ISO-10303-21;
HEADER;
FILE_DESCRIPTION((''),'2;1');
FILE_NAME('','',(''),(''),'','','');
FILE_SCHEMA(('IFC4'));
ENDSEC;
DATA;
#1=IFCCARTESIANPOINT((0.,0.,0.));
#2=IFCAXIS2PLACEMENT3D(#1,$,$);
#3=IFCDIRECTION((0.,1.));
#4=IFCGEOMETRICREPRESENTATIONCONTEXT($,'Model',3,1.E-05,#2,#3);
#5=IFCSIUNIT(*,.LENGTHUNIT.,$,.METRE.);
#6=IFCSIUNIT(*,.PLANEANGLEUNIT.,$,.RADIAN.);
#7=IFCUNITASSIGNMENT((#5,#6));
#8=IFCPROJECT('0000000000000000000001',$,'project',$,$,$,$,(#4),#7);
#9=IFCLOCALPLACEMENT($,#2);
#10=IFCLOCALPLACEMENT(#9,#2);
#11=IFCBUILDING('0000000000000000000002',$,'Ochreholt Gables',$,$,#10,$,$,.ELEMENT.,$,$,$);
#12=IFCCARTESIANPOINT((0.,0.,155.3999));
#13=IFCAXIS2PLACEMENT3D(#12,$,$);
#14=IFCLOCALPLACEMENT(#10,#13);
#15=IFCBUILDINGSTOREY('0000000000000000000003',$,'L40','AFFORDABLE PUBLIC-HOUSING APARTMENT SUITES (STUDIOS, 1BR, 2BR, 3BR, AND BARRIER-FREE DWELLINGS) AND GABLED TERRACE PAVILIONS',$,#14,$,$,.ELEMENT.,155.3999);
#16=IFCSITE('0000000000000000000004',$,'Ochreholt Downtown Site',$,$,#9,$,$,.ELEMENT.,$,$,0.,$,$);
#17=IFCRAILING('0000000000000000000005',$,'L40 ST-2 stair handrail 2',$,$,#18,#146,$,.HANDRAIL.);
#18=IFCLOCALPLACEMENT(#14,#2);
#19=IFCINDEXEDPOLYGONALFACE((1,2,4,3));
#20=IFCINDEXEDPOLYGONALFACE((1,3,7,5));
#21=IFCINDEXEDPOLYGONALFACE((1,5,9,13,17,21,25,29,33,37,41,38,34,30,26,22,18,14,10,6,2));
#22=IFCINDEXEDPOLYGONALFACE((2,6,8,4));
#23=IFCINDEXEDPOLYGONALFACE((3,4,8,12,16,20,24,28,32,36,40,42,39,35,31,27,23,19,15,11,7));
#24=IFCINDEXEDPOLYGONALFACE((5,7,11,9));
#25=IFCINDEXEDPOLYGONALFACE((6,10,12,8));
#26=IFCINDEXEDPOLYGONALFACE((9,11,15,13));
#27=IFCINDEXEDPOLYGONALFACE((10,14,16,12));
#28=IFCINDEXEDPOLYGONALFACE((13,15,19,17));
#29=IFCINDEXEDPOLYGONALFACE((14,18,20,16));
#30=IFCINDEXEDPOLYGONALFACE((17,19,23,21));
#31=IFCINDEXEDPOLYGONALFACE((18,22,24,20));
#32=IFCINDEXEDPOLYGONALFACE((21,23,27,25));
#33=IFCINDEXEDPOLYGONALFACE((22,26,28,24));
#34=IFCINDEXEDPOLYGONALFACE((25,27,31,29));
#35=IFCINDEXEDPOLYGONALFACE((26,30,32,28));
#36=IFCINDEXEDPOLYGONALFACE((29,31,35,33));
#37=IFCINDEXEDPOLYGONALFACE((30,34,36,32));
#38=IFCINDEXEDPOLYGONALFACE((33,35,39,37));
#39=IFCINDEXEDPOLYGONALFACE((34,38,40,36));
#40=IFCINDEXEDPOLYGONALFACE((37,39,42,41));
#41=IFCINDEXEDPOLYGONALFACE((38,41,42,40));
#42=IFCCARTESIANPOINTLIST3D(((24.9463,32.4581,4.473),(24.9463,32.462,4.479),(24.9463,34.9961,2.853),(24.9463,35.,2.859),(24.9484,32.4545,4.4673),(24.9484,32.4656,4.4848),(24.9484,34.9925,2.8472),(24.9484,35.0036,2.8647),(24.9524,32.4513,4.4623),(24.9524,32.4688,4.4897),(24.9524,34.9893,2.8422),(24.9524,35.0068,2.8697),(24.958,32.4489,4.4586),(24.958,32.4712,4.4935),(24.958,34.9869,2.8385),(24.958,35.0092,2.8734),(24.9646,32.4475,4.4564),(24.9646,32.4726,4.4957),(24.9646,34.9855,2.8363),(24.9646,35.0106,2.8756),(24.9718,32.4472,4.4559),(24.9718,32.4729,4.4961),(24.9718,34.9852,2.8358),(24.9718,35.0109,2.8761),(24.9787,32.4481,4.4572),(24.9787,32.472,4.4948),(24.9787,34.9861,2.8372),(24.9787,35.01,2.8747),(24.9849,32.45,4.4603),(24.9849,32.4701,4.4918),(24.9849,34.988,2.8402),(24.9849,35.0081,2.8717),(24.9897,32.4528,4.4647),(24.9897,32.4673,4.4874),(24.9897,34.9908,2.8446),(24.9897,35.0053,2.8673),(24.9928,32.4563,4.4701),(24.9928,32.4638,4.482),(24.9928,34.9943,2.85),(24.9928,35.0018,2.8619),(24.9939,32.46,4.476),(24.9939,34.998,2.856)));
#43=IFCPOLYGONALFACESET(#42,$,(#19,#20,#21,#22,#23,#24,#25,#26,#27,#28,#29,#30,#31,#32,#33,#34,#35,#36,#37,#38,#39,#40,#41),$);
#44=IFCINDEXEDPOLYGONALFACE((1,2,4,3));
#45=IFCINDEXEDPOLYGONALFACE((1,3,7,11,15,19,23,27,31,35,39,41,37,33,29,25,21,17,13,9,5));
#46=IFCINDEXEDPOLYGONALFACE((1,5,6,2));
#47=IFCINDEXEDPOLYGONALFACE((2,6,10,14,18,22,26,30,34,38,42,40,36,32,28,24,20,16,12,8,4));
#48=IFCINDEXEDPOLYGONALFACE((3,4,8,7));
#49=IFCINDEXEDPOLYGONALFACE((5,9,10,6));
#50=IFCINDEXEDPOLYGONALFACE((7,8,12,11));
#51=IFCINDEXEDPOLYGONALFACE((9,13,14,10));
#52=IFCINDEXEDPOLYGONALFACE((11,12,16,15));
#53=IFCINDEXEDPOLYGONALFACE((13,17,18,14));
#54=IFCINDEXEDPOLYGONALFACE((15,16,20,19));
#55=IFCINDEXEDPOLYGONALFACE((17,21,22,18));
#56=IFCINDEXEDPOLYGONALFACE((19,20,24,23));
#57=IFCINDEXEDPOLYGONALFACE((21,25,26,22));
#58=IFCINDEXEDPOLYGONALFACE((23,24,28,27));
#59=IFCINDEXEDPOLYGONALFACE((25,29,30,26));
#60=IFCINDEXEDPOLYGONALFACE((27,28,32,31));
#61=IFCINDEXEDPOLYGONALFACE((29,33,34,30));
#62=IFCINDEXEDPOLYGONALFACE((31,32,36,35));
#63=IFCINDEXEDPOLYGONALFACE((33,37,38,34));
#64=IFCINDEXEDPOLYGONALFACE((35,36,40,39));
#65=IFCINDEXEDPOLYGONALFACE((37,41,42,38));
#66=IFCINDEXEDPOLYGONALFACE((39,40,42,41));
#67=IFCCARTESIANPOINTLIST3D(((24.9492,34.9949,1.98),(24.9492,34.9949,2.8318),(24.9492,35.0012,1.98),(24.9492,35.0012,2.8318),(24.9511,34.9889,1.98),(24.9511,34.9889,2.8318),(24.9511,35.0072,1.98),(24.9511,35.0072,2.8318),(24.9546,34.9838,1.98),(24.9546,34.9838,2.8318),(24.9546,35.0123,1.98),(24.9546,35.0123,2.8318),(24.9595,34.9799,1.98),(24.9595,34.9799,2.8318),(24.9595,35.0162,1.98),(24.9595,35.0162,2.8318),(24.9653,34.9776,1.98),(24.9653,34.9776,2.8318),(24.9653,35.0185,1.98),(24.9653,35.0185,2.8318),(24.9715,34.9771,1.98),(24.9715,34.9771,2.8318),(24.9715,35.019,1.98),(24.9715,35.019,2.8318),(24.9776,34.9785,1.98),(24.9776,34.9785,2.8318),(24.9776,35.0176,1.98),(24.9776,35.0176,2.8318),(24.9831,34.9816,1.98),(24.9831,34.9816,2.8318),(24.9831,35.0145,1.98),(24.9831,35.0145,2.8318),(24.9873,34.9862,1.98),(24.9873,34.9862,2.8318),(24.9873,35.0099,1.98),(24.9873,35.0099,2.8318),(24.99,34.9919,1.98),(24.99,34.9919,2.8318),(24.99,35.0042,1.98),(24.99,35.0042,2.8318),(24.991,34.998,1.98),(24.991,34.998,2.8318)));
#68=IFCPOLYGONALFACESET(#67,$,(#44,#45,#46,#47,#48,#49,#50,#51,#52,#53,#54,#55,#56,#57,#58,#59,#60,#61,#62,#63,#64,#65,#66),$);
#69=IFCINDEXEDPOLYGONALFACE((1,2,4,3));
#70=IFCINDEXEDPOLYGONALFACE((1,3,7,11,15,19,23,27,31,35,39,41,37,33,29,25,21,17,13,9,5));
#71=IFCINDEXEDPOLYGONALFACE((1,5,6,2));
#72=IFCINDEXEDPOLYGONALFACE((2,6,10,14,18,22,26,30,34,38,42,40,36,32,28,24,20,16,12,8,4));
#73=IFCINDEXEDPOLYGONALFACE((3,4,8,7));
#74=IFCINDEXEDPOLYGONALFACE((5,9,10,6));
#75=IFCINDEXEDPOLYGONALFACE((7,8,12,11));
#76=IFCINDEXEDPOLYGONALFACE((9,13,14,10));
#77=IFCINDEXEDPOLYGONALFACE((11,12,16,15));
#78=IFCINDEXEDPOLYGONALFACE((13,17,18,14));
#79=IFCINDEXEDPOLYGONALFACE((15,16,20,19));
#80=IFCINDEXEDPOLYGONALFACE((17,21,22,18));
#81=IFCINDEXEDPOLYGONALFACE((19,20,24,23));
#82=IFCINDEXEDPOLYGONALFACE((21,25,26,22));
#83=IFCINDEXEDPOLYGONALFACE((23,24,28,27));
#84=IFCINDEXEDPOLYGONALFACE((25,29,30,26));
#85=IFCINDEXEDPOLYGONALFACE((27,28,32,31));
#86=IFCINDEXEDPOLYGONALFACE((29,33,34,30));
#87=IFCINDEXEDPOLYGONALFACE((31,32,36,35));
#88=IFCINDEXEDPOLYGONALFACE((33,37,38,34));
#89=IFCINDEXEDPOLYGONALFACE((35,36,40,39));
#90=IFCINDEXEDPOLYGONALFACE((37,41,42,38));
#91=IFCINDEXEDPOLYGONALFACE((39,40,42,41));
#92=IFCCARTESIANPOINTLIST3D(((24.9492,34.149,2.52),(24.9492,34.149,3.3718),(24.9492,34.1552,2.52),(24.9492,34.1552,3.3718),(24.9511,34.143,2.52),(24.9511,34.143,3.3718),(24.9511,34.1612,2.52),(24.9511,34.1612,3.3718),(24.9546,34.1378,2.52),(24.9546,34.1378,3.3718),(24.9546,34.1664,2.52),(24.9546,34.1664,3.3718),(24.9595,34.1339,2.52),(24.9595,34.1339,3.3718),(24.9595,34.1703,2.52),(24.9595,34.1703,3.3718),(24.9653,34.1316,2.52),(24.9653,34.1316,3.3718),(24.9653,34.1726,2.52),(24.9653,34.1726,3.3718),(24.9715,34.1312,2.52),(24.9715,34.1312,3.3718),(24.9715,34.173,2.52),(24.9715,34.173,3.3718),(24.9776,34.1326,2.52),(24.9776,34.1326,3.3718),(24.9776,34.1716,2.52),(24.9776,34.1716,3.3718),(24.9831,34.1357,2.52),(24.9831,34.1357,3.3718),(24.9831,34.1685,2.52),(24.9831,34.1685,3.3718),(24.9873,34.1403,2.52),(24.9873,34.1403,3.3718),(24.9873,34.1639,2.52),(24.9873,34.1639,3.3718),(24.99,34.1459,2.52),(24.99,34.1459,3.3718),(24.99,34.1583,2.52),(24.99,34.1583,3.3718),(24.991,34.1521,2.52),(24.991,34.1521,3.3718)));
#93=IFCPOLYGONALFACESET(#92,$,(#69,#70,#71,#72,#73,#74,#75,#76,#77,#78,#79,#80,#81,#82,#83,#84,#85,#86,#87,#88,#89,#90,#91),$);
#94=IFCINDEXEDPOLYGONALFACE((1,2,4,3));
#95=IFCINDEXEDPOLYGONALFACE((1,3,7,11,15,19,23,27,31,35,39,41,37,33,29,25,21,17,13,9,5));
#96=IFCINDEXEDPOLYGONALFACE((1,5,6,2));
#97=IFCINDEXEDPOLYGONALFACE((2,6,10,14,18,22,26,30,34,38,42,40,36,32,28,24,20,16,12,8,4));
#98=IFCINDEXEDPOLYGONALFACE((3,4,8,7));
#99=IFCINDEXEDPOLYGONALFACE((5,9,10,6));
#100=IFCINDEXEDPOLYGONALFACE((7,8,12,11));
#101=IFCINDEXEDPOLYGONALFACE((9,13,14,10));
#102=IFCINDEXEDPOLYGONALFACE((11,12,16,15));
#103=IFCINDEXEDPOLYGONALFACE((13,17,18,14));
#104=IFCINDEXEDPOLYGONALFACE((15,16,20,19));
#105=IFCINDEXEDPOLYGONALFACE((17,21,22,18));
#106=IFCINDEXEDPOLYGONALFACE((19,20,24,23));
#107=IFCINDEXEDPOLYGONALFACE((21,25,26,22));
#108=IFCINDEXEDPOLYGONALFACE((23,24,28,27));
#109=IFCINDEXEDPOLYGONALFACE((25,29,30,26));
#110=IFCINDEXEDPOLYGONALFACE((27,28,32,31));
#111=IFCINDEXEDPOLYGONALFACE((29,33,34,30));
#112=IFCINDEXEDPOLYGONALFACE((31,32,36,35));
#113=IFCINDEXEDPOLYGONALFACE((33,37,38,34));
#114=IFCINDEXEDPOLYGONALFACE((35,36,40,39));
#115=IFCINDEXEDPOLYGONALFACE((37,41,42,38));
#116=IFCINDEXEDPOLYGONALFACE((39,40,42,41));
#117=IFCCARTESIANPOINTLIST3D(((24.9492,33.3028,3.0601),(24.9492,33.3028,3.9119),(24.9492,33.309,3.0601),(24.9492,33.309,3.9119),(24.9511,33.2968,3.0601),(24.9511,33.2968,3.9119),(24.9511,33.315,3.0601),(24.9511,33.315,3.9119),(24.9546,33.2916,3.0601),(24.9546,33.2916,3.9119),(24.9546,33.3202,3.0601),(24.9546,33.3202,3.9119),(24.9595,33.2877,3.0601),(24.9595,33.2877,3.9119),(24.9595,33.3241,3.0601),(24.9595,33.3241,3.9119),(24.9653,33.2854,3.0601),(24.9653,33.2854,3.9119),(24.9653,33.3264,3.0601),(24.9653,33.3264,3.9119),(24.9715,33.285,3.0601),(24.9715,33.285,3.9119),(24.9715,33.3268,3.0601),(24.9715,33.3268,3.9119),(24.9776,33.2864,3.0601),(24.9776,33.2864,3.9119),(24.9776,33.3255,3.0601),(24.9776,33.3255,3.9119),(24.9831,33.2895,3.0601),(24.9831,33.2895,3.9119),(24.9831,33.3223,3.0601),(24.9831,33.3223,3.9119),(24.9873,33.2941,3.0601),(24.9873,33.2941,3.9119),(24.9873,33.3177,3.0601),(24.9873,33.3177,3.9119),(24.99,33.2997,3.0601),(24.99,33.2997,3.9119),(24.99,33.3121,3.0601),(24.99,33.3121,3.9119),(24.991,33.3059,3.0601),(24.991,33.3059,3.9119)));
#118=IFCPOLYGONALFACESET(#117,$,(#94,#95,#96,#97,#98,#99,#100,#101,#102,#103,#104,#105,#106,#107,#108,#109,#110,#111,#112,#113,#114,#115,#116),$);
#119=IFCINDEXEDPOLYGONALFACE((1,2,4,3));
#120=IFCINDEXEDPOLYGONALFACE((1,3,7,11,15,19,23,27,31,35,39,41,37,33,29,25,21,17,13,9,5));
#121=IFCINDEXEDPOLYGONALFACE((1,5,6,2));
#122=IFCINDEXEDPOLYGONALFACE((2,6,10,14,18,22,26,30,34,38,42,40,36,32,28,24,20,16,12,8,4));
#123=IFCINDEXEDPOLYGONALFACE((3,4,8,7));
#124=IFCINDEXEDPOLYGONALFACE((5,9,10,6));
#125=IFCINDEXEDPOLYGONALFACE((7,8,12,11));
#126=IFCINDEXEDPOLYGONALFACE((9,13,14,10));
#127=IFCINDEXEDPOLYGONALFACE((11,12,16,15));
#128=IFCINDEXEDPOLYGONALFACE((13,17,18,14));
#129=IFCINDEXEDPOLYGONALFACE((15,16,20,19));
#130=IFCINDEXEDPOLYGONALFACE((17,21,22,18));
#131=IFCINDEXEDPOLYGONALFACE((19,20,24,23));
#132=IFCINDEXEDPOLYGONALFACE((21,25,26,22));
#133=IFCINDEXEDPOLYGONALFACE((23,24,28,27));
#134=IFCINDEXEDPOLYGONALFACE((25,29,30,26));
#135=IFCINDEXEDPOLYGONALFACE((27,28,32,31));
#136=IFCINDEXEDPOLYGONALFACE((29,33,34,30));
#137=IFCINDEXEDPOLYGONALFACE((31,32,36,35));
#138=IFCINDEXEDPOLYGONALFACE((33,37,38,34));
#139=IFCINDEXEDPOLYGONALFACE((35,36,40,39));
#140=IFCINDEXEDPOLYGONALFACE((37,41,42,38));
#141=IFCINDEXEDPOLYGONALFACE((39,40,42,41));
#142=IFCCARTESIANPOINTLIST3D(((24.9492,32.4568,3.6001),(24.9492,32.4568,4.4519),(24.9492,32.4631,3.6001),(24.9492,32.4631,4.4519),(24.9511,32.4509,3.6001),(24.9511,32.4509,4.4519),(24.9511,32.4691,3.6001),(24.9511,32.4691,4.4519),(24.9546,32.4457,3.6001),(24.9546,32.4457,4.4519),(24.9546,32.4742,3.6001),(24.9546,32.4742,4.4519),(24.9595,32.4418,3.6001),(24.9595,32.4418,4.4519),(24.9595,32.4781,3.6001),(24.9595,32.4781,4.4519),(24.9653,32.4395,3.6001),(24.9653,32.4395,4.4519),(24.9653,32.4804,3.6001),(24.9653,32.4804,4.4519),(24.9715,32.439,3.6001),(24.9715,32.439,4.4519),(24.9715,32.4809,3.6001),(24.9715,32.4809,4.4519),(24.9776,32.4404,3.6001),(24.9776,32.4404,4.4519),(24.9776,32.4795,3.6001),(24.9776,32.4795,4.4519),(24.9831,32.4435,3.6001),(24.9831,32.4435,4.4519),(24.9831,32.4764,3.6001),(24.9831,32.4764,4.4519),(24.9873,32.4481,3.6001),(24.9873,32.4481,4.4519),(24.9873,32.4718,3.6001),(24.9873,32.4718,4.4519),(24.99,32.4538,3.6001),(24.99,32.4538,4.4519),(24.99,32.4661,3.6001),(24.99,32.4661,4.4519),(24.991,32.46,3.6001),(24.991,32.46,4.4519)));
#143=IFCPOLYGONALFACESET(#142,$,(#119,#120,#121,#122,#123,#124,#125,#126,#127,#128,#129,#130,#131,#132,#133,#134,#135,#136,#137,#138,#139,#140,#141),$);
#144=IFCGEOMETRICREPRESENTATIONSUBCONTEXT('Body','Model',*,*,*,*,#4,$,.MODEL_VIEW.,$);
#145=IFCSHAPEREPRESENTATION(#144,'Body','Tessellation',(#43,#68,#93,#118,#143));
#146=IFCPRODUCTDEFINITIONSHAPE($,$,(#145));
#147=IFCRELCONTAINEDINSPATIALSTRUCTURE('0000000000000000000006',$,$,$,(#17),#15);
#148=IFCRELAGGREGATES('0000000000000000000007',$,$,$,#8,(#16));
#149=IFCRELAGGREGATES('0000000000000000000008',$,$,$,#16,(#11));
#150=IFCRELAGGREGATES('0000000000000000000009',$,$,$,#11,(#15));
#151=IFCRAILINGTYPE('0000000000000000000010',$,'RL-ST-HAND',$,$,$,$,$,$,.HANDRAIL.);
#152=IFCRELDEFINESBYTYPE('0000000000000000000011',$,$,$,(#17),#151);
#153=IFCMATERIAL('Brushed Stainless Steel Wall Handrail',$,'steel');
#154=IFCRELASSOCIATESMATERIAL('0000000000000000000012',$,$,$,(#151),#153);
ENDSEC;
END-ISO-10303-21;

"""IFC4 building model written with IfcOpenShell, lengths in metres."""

from ifc_helpers import new_model, si_unit, direction, frame, origin, origin_2d, place, context, subcontext, project, spatial, circle, extrude, material, type_object, element, save


model = new_model("IFC4")

# Units and contexts
model_context = context("Model", 3, precision=1e-05, world=origin(), true_north=direction((0.0, 1.0)))
body_context = subcontext(model_context, "Body", "Model", "MODEL_VIEW")
ifc_project = project(units=[si_unit("LENGTHUNIT", "METRE"), si_unit("PLANEANGLEUNIT", "RADIAN")], contexts=[model_context])

# Site, building, storey
site_placement = place(None, origin())
site = spatial("IfcSite", under=ifc_project, at=site_placement, Name="Ochreholt Downtown Site", CompositionType="ELEMENT", RefElevation=0.0)
building_placement = place(site_placement, origin())
building = spatial("IfcBuilding", under=site, at=building_placement, Name="Ochreholt Gables", CompositionType="ELEMENT")
storey_placement = place(building_placement, frame((0.0, 0.0, 155.3999)))
storey = spatial("IfcBuildingStorey", under=building, at=storey_placement, Name="L40", Description="AFFORDABLE PUBLIC-HOUSING APARTMENT SUITES (STUDIOS, 1BR, 2BR, 3BR, AND BARRIER-FREE DWELLINGS) AND GABLED TERRACE PAVILIONS", CompositionType="ELEMENT", Elevation=155.3999)

# Railing
ifc_material_1 = material(Name="Brushed Stainless Steel Wall Handrail", Category="steel")
railing_type_1 = type_object("IfcRailingType", Name="RL-ST-HAND", PredefinedType="HANDRAIL", material=ifc_material_1)
railing_1_placement = place(storey_placement, frame((24.97, 34.998, 1.98)))
element("IfcRailing", 1, at=railing_1_placement, inside=storey, type_object=railing_type_1, Name="L40 ST-2 stair handrail 2", PredefinedType="HANDRAIL", context=body_context, shape_type="SweptSolid", body=[
    extrude(circle(Radius=0.0239, at=origin_2d()), frame((0.0, 0.0, 0.876), z_axis=(0.0, -0.842913, 0.53805), x_axis=(1.0, 0.0, 0.0)), (0.0, 0.0, 1.0), 3.011),
    extrude(circle(Radius=0.021, at=origin_2d()), origin(), (0.0, 0.0, 1.0), 0.8518),
    extrude(circle(Radius=0.021, at=origin_2d()), frame((0.0, -0.8459, 0.54)), (0.0, 0.0, 1.0), 0.8518),
    extrude(circle(Radius=0.021, at=origin_2d()), frame((0.0, -1.6921, 1.0801)), (0.0, 0.0, 1.0), 0.8518),
    extrude(circle(Radius=0.021, at=origin_2d()), frame((0.0, -2.5381, 1.6201)), (0.0, 0.0, 1.0), 0.8518),
])

save(model, "model.ifc")
